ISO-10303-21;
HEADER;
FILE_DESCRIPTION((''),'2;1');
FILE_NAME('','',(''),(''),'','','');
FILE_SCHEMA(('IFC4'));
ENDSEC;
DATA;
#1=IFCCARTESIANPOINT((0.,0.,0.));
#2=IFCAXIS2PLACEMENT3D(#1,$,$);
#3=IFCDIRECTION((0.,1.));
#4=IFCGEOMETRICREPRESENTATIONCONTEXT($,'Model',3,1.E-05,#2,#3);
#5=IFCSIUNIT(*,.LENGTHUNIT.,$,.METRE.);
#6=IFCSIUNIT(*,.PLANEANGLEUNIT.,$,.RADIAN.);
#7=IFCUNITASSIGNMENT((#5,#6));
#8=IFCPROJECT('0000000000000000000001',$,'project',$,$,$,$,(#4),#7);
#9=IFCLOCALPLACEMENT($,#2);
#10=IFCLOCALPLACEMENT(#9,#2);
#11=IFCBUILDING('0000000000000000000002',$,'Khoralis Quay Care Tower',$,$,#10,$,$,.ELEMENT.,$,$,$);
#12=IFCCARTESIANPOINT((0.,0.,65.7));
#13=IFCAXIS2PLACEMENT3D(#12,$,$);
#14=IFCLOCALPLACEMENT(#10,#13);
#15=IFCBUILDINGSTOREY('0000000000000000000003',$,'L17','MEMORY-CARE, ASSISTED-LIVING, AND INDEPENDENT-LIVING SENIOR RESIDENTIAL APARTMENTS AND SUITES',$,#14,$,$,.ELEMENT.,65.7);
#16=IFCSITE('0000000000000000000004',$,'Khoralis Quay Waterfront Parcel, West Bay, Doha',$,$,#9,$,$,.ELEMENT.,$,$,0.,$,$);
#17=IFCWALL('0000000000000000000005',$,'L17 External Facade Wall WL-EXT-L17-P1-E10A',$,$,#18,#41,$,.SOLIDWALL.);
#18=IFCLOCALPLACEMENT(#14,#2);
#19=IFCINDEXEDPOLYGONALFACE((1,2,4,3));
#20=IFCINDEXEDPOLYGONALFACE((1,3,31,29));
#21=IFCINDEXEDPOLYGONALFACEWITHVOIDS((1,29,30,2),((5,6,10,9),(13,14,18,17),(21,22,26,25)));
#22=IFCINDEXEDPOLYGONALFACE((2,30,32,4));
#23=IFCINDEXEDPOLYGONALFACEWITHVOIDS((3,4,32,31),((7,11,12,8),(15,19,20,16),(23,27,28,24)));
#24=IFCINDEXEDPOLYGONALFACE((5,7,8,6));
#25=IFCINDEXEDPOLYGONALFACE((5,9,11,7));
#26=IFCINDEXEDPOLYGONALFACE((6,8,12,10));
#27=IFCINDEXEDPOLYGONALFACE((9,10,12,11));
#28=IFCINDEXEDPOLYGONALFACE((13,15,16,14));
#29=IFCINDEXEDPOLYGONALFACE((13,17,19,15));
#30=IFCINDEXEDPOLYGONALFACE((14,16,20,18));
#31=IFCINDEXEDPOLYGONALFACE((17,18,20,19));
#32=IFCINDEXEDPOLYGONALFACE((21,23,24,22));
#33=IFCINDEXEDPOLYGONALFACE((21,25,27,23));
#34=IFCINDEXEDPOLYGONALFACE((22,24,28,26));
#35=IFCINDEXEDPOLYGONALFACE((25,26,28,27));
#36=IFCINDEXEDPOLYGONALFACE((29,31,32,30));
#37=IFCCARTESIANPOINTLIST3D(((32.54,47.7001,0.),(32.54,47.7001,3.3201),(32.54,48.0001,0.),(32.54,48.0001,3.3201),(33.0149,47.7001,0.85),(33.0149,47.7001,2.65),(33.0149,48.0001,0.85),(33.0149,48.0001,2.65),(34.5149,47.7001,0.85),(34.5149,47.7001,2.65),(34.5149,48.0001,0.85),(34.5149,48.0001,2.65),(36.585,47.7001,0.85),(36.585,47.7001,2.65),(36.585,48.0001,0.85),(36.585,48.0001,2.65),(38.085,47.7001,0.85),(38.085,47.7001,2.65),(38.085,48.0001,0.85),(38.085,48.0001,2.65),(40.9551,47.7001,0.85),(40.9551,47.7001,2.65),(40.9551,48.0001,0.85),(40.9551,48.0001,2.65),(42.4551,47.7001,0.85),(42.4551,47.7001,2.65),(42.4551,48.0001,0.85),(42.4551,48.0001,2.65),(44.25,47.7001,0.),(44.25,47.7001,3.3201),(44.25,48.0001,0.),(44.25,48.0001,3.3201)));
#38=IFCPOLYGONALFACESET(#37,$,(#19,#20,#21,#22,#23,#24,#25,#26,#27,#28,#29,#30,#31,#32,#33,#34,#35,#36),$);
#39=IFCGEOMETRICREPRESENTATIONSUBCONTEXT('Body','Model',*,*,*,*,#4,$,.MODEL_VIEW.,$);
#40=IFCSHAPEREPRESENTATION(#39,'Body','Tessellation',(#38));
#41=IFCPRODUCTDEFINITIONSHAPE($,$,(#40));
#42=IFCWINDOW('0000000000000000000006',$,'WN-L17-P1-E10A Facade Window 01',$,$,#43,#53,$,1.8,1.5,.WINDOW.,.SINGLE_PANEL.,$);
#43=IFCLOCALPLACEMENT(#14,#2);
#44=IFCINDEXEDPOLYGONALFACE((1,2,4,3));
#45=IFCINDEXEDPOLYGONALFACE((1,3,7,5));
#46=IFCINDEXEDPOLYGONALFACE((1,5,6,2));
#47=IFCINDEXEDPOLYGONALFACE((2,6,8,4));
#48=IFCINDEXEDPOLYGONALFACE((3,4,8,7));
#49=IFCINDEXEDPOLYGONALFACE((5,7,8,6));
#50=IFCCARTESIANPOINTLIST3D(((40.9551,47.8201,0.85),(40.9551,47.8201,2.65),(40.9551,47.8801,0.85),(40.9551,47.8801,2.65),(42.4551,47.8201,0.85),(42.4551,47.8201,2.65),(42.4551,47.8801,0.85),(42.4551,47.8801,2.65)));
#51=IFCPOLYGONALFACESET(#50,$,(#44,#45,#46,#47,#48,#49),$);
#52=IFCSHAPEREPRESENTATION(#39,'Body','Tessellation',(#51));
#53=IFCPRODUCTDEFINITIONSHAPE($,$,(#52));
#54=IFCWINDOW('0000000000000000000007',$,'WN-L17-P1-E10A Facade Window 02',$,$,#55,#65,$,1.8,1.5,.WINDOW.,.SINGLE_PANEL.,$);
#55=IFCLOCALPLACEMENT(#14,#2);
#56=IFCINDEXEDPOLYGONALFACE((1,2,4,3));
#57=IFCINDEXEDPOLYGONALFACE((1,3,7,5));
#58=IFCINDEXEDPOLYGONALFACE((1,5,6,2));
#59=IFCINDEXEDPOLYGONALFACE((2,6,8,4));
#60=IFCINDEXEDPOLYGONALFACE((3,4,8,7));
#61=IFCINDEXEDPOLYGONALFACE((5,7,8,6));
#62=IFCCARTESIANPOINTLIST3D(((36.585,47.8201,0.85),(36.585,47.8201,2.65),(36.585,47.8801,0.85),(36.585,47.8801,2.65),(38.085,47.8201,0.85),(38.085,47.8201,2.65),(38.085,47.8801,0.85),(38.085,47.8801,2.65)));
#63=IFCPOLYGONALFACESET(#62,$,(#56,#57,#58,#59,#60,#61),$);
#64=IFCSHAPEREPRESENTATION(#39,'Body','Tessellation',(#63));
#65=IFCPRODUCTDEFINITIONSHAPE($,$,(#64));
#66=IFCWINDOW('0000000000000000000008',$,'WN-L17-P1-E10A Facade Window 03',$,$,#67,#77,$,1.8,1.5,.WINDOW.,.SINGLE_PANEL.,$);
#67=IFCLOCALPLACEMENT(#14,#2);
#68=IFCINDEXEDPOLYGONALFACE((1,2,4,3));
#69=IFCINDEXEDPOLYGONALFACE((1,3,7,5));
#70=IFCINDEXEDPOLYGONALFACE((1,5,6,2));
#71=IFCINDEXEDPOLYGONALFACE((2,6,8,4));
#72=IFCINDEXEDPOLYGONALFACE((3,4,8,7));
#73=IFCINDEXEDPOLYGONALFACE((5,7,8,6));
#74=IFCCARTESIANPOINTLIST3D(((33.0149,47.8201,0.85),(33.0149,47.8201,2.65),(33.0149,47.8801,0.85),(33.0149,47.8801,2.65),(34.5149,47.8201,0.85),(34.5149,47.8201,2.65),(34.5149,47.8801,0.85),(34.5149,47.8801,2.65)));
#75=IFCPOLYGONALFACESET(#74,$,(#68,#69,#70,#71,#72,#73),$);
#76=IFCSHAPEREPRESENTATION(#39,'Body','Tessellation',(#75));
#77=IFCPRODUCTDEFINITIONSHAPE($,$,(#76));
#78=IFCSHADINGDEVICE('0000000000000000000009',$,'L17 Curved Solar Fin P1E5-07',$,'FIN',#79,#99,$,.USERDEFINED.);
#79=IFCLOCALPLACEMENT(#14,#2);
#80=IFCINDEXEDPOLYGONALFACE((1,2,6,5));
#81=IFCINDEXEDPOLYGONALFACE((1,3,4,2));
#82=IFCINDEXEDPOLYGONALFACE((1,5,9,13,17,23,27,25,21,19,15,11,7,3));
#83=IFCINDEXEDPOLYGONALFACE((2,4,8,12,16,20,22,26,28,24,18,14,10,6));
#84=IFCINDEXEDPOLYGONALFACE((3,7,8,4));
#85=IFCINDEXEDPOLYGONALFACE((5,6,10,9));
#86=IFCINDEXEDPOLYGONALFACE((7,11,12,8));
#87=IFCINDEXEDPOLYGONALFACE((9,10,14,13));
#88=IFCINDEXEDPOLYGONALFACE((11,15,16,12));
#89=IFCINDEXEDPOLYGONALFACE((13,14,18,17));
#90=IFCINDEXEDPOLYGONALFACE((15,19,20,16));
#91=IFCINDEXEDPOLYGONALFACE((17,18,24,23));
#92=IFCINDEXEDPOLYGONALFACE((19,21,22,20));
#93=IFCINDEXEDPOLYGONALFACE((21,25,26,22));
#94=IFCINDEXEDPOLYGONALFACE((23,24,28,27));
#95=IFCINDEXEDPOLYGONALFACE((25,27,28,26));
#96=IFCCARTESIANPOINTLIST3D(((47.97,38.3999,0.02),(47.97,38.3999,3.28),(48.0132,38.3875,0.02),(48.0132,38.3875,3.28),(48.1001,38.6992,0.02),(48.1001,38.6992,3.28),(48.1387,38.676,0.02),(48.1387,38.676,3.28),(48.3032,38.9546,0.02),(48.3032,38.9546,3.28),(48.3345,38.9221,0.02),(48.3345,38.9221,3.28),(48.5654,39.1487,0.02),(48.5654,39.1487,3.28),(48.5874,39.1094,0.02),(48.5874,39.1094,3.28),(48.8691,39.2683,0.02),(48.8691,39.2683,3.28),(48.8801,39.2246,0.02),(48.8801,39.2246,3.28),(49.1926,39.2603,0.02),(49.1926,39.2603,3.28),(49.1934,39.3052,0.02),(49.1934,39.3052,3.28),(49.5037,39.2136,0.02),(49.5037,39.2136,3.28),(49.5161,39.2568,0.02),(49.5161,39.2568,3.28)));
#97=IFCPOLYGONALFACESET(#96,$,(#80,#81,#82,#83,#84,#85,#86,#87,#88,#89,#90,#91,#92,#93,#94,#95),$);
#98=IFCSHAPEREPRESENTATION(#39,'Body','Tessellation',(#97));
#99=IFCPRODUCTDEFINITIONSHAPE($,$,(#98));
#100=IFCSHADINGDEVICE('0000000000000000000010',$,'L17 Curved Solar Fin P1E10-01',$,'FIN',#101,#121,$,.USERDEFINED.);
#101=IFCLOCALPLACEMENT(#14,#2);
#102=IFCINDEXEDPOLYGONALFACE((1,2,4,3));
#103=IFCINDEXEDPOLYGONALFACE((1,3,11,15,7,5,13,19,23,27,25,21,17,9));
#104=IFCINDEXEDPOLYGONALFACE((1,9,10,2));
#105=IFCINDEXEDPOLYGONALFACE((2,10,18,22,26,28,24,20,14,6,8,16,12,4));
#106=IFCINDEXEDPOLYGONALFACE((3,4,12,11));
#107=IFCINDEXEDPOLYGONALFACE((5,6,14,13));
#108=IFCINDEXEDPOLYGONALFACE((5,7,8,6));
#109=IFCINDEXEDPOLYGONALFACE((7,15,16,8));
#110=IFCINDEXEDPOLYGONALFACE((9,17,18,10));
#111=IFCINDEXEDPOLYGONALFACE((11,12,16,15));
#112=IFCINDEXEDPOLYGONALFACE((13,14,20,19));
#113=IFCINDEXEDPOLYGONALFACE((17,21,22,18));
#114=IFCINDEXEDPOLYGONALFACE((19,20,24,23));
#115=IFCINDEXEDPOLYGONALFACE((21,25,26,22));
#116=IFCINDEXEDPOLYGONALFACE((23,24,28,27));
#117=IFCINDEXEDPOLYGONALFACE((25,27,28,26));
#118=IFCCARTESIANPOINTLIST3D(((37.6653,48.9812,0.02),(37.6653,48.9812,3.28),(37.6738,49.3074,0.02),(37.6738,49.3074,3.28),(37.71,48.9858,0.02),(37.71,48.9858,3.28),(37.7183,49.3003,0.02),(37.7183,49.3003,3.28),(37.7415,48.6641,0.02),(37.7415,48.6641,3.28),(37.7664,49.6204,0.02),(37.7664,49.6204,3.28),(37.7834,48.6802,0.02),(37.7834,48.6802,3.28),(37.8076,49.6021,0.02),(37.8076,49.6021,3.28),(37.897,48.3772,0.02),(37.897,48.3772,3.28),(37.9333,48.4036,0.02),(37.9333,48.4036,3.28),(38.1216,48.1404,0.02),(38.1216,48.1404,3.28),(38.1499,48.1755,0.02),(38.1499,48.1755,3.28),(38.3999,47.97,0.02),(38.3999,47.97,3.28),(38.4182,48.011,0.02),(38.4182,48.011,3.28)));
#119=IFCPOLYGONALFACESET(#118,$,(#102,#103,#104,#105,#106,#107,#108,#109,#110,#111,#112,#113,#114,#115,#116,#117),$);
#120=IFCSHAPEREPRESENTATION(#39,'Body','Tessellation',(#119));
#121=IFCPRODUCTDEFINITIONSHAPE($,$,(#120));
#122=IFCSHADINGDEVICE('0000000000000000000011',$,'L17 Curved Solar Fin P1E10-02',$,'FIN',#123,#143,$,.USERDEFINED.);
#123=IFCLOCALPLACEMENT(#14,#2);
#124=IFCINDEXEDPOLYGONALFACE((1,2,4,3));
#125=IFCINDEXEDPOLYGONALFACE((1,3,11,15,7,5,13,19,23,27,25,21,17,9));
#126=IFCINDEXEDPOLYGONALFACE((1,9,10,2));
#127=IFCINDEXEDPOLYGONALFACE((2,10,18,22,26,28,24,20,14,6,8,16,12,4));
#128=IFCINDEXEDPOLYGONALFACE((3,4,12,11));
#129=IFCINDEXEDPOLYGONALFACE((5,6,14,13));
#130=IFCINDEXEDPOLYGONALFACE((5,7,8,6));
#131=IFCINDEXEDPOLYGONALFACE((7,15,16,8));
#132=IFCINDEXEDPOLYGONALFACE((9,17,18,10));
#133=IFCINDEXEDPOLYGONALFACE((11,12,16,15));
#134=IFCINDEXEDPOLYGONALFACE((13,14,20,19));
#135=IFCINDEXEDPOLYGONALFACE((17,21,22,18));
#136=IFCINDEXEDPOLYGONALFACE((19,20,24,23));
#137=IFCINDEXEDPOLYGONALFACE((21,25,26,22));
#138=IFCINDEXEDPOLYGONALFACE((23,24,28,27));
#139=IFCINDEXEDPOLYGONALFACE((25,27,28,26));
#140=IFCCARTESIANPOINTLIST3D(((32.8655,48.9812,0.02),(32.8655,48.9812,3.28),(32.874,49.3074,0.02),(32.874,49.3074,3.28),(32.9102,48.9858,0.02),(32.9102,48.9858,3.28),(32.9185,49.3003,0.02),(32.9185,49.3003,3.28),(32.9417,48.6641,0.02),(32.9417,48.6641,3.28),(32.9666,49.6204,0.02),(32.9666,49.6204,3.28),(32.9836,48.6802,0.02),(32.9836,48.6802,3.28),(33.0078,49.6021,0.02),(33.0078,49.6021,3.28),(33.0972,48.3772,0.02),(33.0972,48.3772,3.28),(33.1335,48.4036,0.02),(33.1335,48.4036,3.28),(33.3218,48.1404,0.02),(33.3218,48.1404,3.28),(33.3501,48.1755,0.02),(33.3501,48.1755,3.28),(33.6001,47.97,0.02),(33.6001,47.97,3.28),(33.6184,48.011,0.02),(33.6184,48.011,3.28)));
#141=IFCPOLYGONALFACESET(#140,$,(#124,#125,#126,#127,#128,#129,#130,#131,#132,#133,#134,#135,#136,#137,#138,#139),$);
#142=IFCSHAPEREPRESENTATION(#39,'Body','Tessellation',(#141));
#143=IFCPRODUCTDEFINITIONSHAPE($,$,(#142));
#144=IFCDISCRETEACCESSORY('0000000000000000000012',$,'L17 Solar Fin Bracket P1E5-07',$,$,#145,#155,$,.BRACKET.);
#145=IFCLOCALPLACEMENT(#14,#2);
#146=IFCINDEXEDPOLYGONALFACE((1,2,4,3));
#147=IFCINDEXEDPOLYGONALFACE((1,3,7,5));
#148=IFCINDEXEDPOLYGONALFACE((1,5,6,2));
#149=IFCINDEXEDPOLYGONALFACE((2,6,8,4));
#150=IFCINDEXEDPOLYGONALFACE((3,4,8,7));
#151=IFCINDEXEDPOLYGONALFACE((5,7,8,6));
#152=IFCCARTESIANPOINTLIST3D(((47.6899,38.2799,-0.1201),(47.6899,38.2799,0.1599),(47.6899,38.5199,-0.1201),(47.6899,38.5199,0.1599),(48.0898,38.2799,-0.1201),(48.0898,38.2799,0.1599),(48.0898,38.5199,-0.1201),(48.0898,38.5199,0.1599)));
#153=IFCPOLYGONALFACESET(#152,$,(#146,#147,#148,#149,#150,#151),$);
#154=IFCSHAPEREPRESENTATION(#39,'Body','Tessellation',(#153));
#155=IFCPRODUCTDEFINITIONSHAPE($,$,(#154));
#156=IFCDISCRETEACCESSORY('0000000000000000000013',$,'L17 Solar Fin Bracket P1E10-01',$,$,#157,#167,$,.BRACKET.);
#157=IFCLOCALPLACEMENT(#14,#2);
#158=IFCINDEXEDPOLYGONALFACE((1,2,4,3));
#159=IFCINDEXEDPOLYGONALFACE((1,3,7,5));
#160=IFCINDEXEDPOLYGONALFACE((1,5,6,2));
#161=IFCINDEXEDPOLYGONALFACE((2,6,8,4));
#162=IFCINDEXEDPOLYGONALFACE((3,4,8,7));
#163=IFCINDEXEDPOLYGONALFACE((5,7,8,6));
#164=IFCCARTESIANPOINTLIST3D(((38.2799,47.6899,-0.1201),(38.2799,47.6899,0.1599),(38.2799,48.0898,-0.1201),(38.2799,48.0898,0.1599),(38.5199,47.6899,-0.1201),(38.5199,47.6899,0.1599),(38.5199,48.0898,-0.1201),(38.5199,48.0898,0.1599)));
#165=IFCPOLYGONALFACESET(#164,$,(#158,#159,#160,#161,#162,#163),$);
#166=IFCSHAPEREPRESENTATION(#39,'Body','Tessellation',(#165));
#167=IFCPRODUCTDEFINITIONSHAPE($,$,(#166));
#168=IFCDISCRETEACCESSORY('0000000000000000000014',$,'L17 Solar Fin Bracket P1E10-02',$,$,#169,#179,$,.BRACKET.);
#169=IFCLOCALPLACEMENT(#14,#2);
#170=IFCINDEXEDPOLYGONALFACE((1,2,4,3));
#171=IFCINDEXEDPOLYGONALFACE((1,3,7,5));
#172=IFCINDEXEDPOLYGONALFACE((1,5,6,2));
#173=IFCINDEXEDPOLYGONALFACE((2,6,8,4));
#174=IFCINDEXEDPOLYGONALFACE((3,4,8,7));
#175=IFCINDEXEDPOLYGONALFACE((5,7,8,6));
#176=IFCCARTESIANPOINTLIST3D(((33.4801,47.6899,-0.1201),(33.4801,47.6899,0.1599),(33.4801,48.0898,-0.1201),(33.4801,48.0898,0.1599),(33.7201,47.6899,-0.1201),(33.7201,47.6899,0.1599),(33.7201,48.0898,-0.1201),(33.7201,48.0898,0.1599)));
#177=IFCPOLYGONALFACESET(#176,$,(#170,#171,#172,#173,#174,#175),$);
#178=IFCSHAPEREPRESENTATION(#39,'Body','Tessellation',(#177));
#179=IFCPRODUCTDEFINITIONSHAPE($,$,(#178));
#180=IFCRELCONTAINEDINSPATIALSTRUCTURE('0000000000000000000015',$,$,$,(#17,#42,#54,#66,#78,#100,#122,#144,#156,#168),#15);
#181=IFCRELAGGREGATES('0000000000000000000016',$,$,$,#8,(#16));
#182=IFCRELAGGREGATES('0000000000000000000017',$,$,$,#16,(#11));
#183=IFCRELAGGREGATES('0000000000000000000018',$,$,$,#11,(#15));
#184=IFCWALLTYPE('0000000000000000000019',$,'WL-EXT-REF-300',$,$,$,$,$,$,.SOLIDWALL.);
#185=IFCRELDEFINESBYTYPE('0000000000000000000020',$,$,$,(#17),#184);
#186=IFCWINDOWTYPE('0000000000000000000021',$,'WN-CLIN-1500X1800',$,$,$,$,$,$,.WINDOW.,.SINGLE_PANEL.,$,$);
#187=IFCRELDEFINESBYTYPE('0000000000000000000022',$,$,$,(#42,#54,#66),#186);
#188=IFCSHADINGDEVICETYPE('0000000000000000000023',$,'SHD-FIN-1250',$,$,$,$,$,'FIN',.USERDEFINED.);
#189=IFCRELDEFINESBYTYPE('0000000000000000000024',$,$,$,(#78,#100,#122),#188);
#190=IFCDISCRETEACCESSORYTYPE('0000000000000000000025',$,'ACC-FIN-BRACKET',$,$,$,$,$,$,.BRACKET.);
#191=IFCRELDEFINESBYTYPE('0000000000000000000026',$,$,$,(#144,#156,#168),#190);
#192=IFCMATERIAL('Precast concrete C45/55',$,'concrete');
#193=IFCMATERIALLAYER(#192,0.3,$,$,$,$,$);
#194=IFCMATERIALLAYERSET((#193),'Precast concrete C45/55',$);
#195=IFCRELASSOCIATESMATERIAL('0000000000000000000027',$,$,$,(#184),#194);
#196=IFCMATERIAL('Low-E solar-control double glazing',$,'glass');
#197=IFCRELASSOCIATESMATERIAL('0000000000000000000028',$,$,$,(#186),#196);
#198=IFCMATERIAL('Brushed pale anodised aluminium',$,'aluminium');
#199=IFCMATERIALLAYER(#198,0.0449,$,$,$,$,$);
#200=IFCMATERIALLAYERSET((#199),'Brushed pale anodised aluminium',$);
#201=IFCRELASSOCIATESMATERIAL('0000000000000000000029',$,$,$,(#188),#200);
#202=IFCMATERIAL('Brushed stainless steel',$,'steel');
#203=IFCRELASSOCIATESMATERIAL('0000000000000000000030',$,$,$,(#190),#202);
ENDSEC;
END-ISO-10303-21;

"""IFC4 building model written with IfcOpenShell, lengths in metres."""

from ifc_helpers import new_model, si_unit, direction, frame, frame_2d, origin, origin_2d, place, context, subcontext, project, spatial, polyline, rectangle, outline, extrude, source, transform, mapped, material, layer, layer_set, type_object, element, fill, save


model = new_model("IFC4")

# Units and contexts
model_context = context("Model", 3, precision=1e-05, world=origin(), true_north=direction((0.0, 1.0)))
body_context = subcontext(model_context, "Body", "Model", "MODEL_VIEW")
ifc_project = project(units=[si_unit("LENGTHUNIT", "METRE"), si_unit("PLANEANGLEUNIT", "RADIAN")], contexts=[model_context])

# Site, building, storey
site_placement = place(None, origin())
site = spatial("IfcSite", under=ifc_project, at=site_placement, Name="Khoralis Quay Waterfront Parcel, West Bay, Doha", CompositionType="ELEMENT", RefElevation=0.0)
building_placement = place(site_placement, origin())
building = spatial("IfcBuilding", under=site, at=building_placement, Name="Khoralis Quay Care Tower", CompositionType="ELEMENT")
storey_placement = place(building_placement, frame((0.0, 0.0, 65.7)))
storey = spatial("IfcBuildingStorey", under=building, at=storey_placement, Name="L17", Description="MEMORY-CARE, ASSISTED-LIVING, AND INDEPENDENT-LIVING SENIOR RESIDENTIAL APARTMENTS AND SUITES", CompositionType="ELEMENT", Elevation=65.7)

# Shared definitions
ifc_material_1 = material(Name="Precast concrete C45/55", Category="concrete")
ifc_layer_1 = layer(ifc_material_1, 0.3)
ifc_layer_set_1 = layer_set([ifc_layer_1], Name="Precast concrete C45/55")
wall_type = type_object("IfcWallType", Name="WL-EXT-REF-300", PredefinedType="SOLIDWALL", material=ifc_layer_set_1)

# Wall, openings, windows
wall_placement = place(storey_placement, frame((44.25, 47.8501, 0.0), z_axis=(0.0, 0.0, 1.0), x_axis=(-1.0, 0.0, 0.0)))
wall = element("IfcWall", 1, at=wall_placement, inside=storey, type_object=wall_type, Name="L17 External Facade Wall WL-EXT-L17-P1-E10A", PredefinedType="SOLIDWALL", context=body_context, shape_type="SweptSolid", body=[
    extrude(rectangle(XDim=11.71, YDim=0.3, at=frame_2d((5.855, 0.0))), origin(), (0.0, 0.0, 1.0), 3.3201),
])
opening_1_placement = place(wall_placement, frame((1.7949, 0.0, 0.8501)))
opening_1 = element("IfcOpeningElement", 2, at=opening_1_placement, cuts=wall, PredefinedType="OPENING", context=body_context, shape_type="SweptSolid", body=[
    extrude(rectangle(XDim=1.5, YDim=1.8, at=frame_2d((0.75, 0.8999))), frame((0.0, 0.1602, 0.0), z_axis=(0.0, -1.0, 0.0), x_axis=(1.0, 0.0, 0.0)), (0.0, 0.0, 1.0), 0.3201),
])
opening_2_placement = place(wall_placement, frame((6.165, 0.0, 0.8501)))
opening_2 = element("IfcOpeningElement", 3, at=opening_2_placement, cuts=wall, PredefinedType="OPENING", context=body_context, shape_type="SweptSolid", body=[
    extrude(rectangle(XDim=1.5, YDim=1.8, at=frame_2d((0.75, 0.8999))), frame((0.0, 0.1602, 0.0), z_axis=(0.0, -1.0, 0.0), x_axis=(1.0, 0.0, 0.0)), (0.0, 0.0, 1.0), 0.3201),
])
opening_3_placement = place(wall_placement, frame((9.7351, 0.0, 0.8501)))
opening_3 = element("IfcOpeningElement", 4, at=opening_3_placement, cuts=wall, PredefinedType="OPENING", context=body_context, shape_type="SweptSolid", body=[
    extrude(rectangle(XDim=1.5, YDim=1.8, at=frame_2d((0.75, 0.8999))), frame((0.0, 0.1602, 0.0), z_axis=(0.0, -1.0, 0.0), x_axis=(1.0, 0.0, 0.0)), (0.0, 0.0, 1.0), 0.3201),
])
ifc_material_2 = material(Name="Low-E solar-control double glazing", Category="glass")
window_type = type_object("IfcWindowType", Name="WN-CLIN-1500X1800", PartitioningType="SINGLE_PANEL", PredefinedType="WINDOW", material=ifc_material_2)
shared_shape_1 = source(origin(), body_context, "Body", "SweptSolid", [
    extrude(rectangle(XDim=1.5, YDim=1.8, at=frame_2d((0.75, 0.8999))), frame((0.0, 0.03, 0.0), z_axis=(0.0, -1.0, 0.0), x_axis=(1.0, 0.0, 0.0)), (0.0, 0.0, 1.0), 0.0601),
])
window_1_placement = place(opening_1_placement, origin())
window_1 = element("IfcWindow", 5, at=window_1_placement, inside=storey, type_object=window_type, Name="WN-L17-P1-E10A Facade Window 01", OverallHeight=1.8, OverallWidth=1.5, PartitioningType="SINGLE_PANEL", PredefinedType="WINDOW", context=body_context, shape_type="MappedRepresentation", body=[
    mapped(shared_shape_1, transform((0.0, 0.0, 0.0), scale=1.0)),
])
fill(opening_1, window_1)
window_2_placement = place(opening_2_placement, origin())
window_2 = element("IfcWindow", 6, at=window_2_placement, inside=storey, type_object=window_type, Name="WN-L17-P1-E10A Facade Window 02", OverallHeight=1.8, OverallWidth=1.5, PartitioningType="SINGLE_PANEL", PredefinedType="WINDOW", context=body_context, shape_type="MappedRepresentation", body=[
    mapped(shared_shape_1, transform((0.0, 0.0, 0.0), scale=1.0)),
])
fill(opening_2, window_2)
window_3_placement = place(opening_3_placement, origin())
window_3 = element("IfcWindow", 7, at=window_3_placement, inside=storey, type_object=window_type, Name="WN-L17-P1-E10A Facade Window 03", OverallHeight=1.8, OverallWidth=1.5, PartitioningType="SINGLE_PANEL", PredefinedType="WINDOW", context=body_context, shape_type="MappedRepresentation", body=[
    mapped(shared_shape_1, transform((0.0, 0.0, 0.0), scale=1.0)),
])
fill(opening_3, window_3)

# Shading devices
ifc_material_3 = material(Name="Brushed pale anodised aluminium", Category="aluminium")
ifc_layer_2 = layer(ifc_material_3, 0.0449)
ifc_layer_set_2 = layer_set([ifc_layer_2], Name="Brushed pale anodised aluminium")
shading_device_type = type_object("IfcShadingDeviceType", Name="SHD-FIN-1250", ElementType="FIN", PredefinedType="USERDEFINED", material=ifc_layer_set_2)
shared_shape_2 = source(origin(), body_context, "Body", "SweptSolid", [
    extrude(outline(polyline([(0.0, 0.0), (0.1301, 0.2993), (0.3333, 0.5547), (0.5955, 0.7488), (0.8992, 0.8684), (1.2234, 0.9053), (1.5461, 0.8569), (1.5337, 0.8137), (1.2227, 0.8604), (0.9102, 0.8247), (0.6174, 0.7095), (0.3645, 0.5222), (0.1687, 0.2761), (0.0432, -0.0125), (0.0, 0.0)])), origin(), (0.0, 0.0, 1.0), 3.26),
])
shading_device_placement = place(storey_placement, frame((47.97, 38.3999, 0.02), z_axis=(0.0, 0.0, 1.0), x_axis=(1.0, 0.0, 0.0)))
element("IfcShadingDevice", 8, at=shading_device_placement, inside=storey, type_object=shading_device_type, Name="L17 Curved Solar Fin P1E5-07", ObjectType="FIN", PredefinedType="USERDEFINED", context=body_context, shape_type="MappedRepresentation", body=[
    mapped(shared_shape_2, transform((0.0, 0.0, 0.0), scale=1.0)),
])
shared_shape_3 = source(origin(), body_context, "Body", "SweptSolid", [
    extrude(outline(polyline([(0.0, 0.0), (0.1704, 0.2783), (0.4072, 0.5029), (0.6941, 0.6584), (1.0112, 0.7346), (1.3374, 0.7261), (1.6504, 0.6335), (1.6321, 0.5923), (1.3303, 0.6816), (1.0159, 0.6899), (0.7102, 0.6165), (0.4336, 0.4666), (0.2056, 0.25), (0.041, -0.0183), (0.0, 0.0)])), origin(), (0.0, 0.0, 1.0), 3.26),
])
for number, where, z_axis, x_axis, name in (
    (9, (38.3999, 47.97, 0.02), (0.0, 0.0, 1.0), (0.0, 1.0, 0.0), "L17 Curved Solar Fin P1E10-01"),
    (10, (33.6001, 47.97, 0.02), (0.0, 0.0, 1.0), (0.0, 1.0, 0.0), "L17 Curved Solar Fin P1E10-02"),
):
    element("IfcShadingDevice", number, at=place(storey_placement, frame(where, z_axis=z_axis, x_axis=x_axis)), inside=storey, type_object=shading_device_type, Name=name, ObjectType="FIN", PredefinedType="USERDEFINED", context=body_context, shape_type="MappedRepresentation", body=[
        mapped(shared_shape_3, transform((0.0, 0.0, 0.0), scale=1.0)),
    ])

# Discrete accessories
ifc_material_4 = material(Name="Brushed stainless steel", Category="steel")
discrete_accessory_type = type_object("IfcDiscreteAccessoryType", Name="ACC-FIN-BRACKET", PredefinedType="BRACKET", material=ifc_material_4)
shared_shape_4 = source(origin(), body_context, "Body", "SweptSolid", [
    extrude(rectangle(XDim=0.3999, YDim=0.24, at=origin_2d()), origin(), (0.0, 0.0, 1.0), 0.28),
])
for number, where, z_axis, x_axis, name in (
    (11, (47.8899, 38.3999, -0.1201), (0.0, 0.0, 1.0), (1.0, 0.0, 0.0), "L17 Solar Fin Bracket P1E5-07"),
    (12, (38.3999, 47.8899, -0.1201), (0.0, 0.0, 1.0), (0.0, 1.0, 0.0), "L17 Solar Fin Bracket P1E10-01"),
    (13, (33.6001, 47.8899, -0.1201), (0.0, 0.0, 1.0), (0.0, 1.0, 0.0), "L17 Solar Fin Bracket P1E10-02"),
):
    element("IfcDiscreteAccessory", number, at=place(storey_placement, frame(where, z_axis=z_axis, x_axis=x_axis)), inside=storey, type_object=discrete_accessory_type, Name=name, PredefinedType="BRACKET", context=body_context, shape_type="MappedRepresentation", body=[
        mapped(shared_shape_4, transform((0.0, 0.0, 0.0), scale=1.0)),
    ])

save(model, "model.ifc")
